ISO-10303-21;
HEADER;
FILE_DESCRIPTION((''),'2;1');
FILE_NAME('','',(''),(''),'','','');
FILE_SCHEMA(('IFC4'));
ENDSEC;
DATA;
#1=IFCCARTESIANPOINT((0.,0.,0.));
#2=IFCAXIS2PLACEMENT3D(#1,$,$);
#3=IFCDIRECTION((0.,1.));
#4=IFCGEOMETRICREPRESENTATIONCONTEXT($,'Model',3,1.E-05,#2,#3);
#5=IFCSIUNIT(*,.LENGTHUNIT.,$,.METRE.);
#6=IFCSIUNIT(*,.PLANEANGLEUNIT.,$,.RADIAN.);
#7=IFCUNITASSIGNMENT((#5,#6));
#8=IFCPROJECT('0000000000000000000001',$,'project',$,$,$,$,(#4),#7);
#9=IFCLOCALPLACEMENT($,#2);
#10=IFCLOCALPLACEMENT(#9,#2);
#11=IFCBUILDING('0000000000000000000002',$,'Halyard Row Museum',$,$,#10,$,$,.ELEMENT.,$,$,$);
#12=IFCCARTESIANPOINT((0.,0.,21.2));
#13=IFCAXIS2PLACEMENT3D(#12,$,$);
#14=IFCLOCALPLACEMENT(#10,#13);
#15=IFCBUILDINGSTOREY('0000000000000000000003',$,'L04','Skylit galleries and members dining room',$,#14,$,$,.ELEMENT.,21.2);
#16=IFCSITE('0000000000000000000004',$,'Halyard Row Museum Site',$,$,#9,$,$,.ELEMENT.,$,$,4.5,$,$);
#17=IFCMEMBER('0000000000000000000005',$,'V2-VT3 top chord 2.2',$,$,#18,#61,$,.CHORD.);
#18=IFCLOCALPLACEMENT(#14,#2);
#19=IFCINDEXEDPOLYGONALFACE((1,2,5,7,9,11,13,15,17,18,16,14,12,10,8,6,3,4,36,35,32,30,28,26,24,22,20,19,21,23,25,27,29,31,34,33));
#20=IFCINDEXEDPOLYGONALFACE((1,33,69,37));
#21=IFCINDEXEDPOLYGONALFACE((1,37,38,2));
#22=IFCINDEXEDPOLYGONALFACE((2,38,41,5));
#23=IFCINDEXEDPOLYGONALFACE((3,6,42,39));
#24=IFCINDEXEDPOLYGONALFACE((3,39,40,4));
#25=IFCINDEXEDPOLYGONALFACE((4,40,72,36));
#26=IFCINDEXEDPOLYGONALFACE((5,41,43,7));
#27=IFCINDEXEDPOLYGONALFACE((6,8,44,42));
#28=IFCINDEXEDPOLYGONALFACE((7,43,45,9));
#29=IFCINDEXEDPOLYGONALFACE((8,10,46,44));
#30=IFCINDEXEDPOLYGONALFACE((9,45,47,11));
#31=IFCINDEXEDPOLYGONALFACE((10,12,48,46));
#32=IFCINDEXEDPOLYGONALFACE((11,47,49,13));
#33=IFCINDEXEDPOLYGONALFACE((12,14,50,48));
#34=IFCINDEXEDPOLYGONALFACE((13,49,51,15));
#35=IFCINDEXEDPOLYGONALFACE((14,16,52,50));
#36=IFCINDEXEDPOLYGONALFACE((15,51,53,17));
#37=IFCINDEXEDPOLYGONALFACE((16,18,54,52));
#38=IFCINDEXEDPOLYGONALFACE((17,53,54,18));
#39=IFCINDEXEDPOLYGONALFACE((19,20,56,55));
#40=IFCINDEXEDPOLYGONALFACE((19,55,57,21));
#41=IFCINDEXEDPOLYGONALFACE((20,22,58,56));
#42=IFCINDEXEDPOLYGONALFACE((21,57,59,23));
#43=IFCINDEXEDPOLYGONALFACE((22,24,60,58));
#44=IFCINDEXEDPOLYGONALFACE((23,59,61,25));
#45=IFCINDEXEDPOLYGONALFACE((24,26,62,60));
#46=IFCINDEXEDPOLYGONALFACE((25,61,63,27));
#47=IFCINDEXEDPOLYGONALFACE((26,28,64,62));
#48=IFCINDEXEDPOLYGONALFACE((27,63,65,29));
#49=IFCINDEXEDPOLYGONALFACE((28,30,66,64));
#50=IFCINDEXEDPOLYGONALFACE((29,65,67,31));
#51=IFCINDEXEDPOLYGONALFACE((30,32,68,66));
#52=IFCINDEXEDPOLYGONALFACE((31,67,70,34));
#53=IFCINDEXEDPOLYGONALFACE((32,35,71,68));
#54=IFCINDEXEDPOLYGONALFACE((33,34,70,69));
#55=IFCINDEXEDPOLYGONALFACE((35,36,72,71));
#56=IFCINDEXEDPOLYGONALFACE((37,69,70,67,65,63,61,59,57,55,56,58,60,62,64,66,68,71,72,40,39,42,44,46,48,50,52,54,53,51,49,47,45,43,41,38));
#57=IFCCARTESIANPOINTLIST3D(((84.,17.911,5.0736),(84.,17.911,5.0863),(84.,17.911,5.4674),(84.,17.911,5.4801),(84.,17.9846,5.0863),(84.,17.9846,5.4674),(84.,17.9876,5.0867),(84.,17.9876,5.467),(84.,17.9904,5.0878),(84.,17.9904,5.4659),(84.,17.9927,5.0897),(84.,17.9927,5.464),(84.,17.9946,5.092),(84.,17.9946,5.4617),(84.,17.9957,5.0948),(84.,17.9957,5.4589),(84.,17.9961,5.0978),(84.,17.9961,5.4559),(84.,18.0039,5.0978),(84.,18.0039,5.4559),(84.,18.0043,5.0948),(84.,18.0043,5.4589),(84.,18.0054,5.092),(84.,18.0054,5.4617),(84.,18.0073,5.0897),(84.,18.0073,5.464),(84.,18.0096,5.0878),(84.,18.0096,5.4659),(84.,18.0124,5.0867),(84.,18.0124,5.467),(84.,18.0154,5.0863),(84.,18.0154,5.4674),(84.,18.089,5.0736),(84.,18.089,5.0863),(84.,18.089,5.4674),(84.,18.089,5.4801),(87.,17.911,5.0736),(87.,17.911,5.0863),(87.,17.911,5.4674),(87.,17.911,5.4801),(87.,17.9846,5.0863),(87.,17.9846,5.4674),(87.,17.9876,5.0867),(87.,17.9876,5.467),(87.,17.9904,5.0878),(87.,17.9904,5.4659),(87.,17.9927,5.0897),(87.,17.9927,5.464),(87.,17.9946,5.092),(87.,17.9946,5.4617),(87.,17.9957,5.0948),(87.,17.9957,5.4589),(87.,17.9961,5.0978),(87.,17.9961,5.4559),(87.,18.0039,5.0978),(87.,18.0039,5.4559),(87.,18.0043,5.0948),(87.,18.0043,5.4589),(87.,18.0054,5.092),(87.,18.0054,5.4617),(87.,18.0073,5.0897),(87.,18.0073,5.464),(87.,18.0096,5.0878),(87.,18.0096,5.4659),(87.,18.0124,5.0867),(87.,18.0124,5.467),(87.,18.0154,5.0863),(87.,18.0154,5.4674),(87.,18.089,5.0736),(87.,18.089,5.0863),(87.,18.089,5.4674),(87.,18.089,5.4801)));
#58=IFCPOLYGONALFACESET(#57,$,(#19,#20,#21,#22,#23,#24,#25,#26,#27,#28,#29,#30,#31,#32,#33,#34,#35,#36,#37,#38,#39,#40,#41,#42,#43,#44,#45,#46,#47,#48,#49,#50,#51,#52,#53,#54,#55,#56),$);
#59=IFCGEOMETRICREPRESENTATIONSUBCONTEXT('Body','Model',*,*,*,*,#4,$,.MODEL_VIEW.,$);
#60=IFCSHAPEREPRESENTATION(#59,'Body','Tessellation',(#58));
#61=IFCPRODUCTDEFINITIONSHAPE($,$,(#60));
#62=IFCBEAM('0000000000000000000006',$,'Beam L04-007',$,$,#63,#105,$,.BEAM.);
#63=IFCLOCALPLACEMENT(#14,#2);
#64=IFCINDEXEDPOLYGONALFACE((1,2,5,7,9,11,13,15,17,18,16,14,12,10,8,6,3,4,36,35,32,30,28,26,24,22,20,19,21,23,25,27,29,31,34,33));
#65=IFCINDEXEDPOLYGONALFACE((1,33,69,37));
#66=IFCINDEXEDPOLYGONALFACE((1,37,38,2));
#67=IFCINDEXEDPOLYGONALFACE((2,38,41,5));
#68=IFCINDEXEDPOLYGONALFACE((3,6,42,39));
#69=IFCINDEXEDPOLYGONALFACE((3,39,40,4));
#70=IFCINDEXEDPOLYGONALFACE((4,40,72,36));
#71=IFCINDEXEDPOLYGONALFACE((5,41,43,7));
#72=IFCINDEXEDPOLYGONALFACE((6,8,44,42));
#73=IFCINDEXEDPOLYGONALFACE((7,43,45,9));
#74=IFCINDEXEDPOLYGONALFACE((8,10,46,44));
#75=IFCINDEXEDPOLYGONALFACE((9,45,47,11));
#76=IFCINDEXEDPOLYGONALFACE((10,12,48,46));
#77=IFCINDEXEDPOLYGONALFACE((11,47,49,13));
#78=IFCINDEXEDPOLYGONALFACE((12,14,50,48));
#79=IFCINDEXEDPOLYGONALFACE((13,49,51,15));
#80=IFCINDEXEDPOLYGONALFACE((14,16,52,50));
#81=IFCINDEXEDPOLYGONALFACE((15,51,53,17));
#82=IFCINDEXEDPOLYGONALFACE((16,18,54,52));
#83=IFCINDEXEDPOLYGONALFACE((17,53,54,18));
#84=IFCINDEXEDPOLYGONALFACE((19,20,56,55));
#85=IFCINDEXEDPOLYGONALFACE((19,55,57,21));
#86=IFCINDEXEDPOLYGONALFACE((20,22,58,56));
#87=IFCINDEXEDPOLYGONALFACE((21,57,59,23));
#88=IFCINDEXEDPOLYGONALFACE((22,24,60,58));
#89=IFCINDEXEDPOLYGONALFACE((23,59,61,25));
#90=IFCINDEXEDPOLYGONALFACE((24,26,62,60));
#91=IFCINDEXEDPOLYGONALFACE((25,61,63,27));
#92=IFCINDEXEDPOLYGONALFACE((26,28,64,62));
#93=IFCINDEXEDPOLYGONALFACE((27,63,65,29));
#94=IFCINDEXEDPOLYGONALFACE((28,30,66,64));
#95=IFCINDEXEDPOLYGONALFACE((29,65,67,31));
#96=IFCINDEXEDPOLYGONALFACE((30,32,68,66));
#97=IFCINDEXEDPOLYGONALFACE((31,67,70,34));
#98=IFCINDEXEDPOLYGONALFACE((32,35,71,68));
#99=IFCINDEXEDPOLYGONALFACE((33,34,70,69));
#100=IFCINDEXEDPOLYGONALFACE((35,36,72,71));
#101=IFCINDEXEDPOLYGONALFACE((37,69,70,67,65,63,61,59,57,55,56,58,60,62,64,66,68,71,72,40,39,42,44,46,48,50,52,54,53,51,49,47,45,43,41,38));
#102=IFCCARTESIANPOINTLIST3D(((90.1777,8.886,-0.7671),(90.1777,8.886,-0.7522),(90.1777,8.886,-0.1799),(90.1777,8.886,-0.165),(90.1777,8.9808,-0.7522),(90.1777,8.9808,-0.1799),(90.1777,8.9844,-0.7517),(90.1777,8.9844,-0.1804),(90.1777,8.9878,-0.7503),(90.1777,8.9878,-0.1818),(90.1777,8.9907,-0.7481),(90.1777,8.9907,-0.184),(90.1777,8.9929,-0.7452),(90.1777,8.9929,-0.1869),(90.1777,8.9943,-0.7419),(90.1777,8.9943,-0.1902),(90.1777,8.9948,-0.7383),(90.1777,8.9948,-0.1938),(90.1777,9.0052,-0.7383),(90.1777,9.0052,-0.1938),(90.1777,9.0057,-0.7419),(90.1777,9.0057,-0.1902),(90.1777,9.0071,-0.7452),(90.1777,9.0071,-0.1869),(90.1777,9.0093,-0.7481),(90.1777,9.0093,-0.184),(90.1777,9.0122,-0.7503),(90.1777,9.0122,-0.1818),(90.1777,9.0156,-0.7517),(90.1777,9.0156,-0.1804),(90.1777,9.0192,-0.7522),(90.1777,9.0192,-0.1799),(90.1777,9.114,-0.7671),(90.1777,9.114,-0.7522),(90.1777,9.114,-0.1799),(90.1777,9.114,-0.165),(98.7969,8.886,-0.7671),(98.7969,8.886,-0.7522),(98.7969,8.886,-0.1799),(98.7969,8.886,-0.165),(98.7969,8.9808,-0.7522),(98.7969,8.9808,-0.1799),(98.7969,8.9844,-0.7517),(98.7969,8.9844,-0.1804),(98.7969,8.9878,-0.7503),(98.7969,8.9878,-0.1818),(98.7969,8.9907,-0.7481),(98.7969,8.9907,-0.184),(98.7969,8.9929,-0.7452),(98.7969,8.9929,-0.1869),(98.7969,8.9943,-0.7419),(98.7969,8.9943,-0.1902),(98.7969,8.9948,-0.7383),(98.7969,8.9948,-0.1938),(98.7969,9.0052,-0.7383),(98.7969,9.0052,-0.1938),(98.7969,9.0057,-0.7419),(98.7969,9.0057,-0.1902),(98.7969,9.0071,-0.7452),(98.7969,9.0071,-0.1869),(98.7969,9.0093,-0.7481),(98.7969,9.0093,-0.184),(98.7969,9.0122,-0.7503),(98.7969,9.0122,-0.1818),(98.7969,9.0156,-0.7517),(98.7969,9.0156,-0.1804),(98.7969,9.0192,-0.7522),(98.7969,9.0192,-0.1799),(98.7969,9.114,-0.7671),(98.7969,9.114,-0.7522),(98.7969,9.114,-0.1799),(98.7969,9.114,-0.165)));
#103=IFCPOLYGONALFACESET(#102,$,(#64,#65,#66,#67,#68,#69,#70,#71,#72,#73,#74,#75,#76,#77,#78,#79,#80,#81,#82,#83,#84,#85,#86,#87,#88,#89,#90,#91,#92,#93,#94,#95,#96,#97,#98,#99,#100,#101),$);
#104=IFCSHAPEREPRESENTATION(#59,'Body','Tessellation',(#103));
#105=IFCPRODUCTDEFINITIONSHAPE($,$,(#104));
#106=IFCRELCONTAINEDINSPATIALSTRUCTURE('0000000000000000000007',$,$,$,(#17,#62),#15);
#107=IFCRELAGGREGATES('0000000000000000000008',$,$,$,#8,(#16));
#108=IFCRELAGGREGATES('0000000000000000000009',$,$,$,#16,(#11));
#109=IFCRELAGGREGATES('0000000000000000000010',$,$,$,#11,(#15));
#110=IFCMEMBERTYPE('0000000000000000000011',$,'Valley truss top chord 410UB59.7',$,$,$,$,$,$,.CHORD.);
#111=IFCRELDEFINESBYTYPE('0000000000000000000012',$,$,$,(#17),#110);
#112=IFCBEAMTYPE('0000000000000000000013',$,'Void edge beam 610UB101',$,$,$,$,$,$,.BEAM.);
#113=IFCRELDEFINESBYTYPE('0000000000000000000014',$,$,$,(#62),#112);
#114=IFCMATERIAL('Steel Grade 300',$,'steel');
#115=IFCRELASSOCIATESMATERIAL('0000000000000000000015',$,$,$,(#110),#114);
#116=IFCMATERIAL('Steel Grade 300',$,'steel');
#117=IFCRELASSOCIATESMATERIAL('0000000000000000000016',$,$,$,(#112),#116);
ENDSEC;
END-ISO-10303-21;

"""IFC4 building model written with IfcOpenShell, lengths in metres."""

from ifc_helpers import new_model, si_unit, direction, frame, origin, origin_2d, place, context, subcontext, project, spatial, i_section, extrude, material, material_profile, profile_set, type_object, element, save


model = new_model("IFC4")

# Units and contexts
model_context = context("Model", 3, precision=1e-05, world=origin(), true_north=direction((0.0, 1.0)))
body_context = subcontext(model_context, "Body", "Model", "MODEL_VIEW")
ifc_project = project(units=[si_unit("LENGTHUNIT", "METRE"), si_unit("PLANEANGLEUNIT", "RADIAN")], contexts=[model_context])

# Site, building, storey
site_placement = place(None, origin())
site = spatial("IfcSite", under=ifc_project, at=site_placement, Name="Halyard Row Museum Site", CompositionType="ELEMENT", RefElevation=4.5)
building_placement = place(site_placement, origin())
building = spatial("IfcBuilding", under=site, at=building_placement, Name="Halyard Row Museum", CompositionType="ELEMENT")
storey_placement = place(building_placement, frame((0.0, 0.0, 21.2)))
storey = spatial("IfcBuildingStorey", under=building, at=storey_placement, Name="L04", Description="Skylit galleries and members dining room", CompositionType="ELEMENT", Elevation=21.2)

# Member
ifc_material_1 = material(Name="Steel Grade 300", Category="steel")
ifc_material_profile_1 = material_profile(ifc_material_1, i_section(OverallWidth=0.178, OverallDepth=0.4065, WebThickness=0.0078, FlangeThickness=0.0127, FilletRadius=0.0115, at=origin_2d()), Name="410UB59.7")
ifc_profile_set_1 = profile_set([ifc_material_profile_1], Name="Steel Grade 300")
member_type_1 = type_object("IfcMemberType", Name="Valley truss top chord 410UB59.7", PredefinedType="CHORD", material=ifc_profile_set_1)
for number, where, z_axis, x_axis, name in (
    (1, (84.0, 18.0, 5.2769), (1.0, 0.0, 0.0), (0.0, 1.0, 0.0), "V2-VT3 top chord 2.2"),
):
    element("IfcMember", number, at=place(storey_placement, frame(where, z_axis=z_axis, x_axis=x_axis)), inside=storey, type_object=member_type_1, Name=name, PredefinedType="CHORD", context=body_context, shape_type="SweptSolid", body=[
        extrude(i_section(OverallWidth=0.178, OverallDepth=0.4065, WebThickness=0.0078, FlangeThickness=0.0127, FilletRadius=0.0115, at=origin_2d()), origin(), (0.0, 0.0, 1.0), 3.0),
    ])

# Beam
ifc_material_2 = material(Name="Steel Grade 300", Category="steel")
ifc_material_profile_2 = material_profile(ifc_material_2, i_section(OverallWidth=0.228, OverallDepth=0.6021, WebThickness=0.0105, FlangeThickness=0.0149, FilletRadius=0.0139, at=origin_2d()), Name="610UB101")
ifc_profile_set_2 = profile_set([ifc_material_profile_2], Name="Steel Grade 300")
beam_type_1 = type_object("IfcBeamType", Name="Void edge beam 610UB101", PredefinedType="BEAM", material=ifc_profile_set_2)
beam_1_placement = place(storey_placement, frame((90.1777, 9.0, -0.4661), z_axis=(1.0, 0.0, 0.0), x_axis=(0.0, 1.0, 0.0)))
element("IfcBeam", 2, at=beam_1_placement, inside=storey, type_object=beam_type_1, Name="Beam L04-007", PredefinedType="BEAM", context=body_context, shape_type="SweptSolid", body=[
    extrude(i_section(OverallWidth=0.228, OverallDepth=0.6021, WebThickness=0.0105, FlangeThickness=0.0149, FilletRadius=0.0139, at=origin_2d()), origin(), (0.0, 0.0, 1.0), 8.6191),
])

save(model, "model.ifc")
